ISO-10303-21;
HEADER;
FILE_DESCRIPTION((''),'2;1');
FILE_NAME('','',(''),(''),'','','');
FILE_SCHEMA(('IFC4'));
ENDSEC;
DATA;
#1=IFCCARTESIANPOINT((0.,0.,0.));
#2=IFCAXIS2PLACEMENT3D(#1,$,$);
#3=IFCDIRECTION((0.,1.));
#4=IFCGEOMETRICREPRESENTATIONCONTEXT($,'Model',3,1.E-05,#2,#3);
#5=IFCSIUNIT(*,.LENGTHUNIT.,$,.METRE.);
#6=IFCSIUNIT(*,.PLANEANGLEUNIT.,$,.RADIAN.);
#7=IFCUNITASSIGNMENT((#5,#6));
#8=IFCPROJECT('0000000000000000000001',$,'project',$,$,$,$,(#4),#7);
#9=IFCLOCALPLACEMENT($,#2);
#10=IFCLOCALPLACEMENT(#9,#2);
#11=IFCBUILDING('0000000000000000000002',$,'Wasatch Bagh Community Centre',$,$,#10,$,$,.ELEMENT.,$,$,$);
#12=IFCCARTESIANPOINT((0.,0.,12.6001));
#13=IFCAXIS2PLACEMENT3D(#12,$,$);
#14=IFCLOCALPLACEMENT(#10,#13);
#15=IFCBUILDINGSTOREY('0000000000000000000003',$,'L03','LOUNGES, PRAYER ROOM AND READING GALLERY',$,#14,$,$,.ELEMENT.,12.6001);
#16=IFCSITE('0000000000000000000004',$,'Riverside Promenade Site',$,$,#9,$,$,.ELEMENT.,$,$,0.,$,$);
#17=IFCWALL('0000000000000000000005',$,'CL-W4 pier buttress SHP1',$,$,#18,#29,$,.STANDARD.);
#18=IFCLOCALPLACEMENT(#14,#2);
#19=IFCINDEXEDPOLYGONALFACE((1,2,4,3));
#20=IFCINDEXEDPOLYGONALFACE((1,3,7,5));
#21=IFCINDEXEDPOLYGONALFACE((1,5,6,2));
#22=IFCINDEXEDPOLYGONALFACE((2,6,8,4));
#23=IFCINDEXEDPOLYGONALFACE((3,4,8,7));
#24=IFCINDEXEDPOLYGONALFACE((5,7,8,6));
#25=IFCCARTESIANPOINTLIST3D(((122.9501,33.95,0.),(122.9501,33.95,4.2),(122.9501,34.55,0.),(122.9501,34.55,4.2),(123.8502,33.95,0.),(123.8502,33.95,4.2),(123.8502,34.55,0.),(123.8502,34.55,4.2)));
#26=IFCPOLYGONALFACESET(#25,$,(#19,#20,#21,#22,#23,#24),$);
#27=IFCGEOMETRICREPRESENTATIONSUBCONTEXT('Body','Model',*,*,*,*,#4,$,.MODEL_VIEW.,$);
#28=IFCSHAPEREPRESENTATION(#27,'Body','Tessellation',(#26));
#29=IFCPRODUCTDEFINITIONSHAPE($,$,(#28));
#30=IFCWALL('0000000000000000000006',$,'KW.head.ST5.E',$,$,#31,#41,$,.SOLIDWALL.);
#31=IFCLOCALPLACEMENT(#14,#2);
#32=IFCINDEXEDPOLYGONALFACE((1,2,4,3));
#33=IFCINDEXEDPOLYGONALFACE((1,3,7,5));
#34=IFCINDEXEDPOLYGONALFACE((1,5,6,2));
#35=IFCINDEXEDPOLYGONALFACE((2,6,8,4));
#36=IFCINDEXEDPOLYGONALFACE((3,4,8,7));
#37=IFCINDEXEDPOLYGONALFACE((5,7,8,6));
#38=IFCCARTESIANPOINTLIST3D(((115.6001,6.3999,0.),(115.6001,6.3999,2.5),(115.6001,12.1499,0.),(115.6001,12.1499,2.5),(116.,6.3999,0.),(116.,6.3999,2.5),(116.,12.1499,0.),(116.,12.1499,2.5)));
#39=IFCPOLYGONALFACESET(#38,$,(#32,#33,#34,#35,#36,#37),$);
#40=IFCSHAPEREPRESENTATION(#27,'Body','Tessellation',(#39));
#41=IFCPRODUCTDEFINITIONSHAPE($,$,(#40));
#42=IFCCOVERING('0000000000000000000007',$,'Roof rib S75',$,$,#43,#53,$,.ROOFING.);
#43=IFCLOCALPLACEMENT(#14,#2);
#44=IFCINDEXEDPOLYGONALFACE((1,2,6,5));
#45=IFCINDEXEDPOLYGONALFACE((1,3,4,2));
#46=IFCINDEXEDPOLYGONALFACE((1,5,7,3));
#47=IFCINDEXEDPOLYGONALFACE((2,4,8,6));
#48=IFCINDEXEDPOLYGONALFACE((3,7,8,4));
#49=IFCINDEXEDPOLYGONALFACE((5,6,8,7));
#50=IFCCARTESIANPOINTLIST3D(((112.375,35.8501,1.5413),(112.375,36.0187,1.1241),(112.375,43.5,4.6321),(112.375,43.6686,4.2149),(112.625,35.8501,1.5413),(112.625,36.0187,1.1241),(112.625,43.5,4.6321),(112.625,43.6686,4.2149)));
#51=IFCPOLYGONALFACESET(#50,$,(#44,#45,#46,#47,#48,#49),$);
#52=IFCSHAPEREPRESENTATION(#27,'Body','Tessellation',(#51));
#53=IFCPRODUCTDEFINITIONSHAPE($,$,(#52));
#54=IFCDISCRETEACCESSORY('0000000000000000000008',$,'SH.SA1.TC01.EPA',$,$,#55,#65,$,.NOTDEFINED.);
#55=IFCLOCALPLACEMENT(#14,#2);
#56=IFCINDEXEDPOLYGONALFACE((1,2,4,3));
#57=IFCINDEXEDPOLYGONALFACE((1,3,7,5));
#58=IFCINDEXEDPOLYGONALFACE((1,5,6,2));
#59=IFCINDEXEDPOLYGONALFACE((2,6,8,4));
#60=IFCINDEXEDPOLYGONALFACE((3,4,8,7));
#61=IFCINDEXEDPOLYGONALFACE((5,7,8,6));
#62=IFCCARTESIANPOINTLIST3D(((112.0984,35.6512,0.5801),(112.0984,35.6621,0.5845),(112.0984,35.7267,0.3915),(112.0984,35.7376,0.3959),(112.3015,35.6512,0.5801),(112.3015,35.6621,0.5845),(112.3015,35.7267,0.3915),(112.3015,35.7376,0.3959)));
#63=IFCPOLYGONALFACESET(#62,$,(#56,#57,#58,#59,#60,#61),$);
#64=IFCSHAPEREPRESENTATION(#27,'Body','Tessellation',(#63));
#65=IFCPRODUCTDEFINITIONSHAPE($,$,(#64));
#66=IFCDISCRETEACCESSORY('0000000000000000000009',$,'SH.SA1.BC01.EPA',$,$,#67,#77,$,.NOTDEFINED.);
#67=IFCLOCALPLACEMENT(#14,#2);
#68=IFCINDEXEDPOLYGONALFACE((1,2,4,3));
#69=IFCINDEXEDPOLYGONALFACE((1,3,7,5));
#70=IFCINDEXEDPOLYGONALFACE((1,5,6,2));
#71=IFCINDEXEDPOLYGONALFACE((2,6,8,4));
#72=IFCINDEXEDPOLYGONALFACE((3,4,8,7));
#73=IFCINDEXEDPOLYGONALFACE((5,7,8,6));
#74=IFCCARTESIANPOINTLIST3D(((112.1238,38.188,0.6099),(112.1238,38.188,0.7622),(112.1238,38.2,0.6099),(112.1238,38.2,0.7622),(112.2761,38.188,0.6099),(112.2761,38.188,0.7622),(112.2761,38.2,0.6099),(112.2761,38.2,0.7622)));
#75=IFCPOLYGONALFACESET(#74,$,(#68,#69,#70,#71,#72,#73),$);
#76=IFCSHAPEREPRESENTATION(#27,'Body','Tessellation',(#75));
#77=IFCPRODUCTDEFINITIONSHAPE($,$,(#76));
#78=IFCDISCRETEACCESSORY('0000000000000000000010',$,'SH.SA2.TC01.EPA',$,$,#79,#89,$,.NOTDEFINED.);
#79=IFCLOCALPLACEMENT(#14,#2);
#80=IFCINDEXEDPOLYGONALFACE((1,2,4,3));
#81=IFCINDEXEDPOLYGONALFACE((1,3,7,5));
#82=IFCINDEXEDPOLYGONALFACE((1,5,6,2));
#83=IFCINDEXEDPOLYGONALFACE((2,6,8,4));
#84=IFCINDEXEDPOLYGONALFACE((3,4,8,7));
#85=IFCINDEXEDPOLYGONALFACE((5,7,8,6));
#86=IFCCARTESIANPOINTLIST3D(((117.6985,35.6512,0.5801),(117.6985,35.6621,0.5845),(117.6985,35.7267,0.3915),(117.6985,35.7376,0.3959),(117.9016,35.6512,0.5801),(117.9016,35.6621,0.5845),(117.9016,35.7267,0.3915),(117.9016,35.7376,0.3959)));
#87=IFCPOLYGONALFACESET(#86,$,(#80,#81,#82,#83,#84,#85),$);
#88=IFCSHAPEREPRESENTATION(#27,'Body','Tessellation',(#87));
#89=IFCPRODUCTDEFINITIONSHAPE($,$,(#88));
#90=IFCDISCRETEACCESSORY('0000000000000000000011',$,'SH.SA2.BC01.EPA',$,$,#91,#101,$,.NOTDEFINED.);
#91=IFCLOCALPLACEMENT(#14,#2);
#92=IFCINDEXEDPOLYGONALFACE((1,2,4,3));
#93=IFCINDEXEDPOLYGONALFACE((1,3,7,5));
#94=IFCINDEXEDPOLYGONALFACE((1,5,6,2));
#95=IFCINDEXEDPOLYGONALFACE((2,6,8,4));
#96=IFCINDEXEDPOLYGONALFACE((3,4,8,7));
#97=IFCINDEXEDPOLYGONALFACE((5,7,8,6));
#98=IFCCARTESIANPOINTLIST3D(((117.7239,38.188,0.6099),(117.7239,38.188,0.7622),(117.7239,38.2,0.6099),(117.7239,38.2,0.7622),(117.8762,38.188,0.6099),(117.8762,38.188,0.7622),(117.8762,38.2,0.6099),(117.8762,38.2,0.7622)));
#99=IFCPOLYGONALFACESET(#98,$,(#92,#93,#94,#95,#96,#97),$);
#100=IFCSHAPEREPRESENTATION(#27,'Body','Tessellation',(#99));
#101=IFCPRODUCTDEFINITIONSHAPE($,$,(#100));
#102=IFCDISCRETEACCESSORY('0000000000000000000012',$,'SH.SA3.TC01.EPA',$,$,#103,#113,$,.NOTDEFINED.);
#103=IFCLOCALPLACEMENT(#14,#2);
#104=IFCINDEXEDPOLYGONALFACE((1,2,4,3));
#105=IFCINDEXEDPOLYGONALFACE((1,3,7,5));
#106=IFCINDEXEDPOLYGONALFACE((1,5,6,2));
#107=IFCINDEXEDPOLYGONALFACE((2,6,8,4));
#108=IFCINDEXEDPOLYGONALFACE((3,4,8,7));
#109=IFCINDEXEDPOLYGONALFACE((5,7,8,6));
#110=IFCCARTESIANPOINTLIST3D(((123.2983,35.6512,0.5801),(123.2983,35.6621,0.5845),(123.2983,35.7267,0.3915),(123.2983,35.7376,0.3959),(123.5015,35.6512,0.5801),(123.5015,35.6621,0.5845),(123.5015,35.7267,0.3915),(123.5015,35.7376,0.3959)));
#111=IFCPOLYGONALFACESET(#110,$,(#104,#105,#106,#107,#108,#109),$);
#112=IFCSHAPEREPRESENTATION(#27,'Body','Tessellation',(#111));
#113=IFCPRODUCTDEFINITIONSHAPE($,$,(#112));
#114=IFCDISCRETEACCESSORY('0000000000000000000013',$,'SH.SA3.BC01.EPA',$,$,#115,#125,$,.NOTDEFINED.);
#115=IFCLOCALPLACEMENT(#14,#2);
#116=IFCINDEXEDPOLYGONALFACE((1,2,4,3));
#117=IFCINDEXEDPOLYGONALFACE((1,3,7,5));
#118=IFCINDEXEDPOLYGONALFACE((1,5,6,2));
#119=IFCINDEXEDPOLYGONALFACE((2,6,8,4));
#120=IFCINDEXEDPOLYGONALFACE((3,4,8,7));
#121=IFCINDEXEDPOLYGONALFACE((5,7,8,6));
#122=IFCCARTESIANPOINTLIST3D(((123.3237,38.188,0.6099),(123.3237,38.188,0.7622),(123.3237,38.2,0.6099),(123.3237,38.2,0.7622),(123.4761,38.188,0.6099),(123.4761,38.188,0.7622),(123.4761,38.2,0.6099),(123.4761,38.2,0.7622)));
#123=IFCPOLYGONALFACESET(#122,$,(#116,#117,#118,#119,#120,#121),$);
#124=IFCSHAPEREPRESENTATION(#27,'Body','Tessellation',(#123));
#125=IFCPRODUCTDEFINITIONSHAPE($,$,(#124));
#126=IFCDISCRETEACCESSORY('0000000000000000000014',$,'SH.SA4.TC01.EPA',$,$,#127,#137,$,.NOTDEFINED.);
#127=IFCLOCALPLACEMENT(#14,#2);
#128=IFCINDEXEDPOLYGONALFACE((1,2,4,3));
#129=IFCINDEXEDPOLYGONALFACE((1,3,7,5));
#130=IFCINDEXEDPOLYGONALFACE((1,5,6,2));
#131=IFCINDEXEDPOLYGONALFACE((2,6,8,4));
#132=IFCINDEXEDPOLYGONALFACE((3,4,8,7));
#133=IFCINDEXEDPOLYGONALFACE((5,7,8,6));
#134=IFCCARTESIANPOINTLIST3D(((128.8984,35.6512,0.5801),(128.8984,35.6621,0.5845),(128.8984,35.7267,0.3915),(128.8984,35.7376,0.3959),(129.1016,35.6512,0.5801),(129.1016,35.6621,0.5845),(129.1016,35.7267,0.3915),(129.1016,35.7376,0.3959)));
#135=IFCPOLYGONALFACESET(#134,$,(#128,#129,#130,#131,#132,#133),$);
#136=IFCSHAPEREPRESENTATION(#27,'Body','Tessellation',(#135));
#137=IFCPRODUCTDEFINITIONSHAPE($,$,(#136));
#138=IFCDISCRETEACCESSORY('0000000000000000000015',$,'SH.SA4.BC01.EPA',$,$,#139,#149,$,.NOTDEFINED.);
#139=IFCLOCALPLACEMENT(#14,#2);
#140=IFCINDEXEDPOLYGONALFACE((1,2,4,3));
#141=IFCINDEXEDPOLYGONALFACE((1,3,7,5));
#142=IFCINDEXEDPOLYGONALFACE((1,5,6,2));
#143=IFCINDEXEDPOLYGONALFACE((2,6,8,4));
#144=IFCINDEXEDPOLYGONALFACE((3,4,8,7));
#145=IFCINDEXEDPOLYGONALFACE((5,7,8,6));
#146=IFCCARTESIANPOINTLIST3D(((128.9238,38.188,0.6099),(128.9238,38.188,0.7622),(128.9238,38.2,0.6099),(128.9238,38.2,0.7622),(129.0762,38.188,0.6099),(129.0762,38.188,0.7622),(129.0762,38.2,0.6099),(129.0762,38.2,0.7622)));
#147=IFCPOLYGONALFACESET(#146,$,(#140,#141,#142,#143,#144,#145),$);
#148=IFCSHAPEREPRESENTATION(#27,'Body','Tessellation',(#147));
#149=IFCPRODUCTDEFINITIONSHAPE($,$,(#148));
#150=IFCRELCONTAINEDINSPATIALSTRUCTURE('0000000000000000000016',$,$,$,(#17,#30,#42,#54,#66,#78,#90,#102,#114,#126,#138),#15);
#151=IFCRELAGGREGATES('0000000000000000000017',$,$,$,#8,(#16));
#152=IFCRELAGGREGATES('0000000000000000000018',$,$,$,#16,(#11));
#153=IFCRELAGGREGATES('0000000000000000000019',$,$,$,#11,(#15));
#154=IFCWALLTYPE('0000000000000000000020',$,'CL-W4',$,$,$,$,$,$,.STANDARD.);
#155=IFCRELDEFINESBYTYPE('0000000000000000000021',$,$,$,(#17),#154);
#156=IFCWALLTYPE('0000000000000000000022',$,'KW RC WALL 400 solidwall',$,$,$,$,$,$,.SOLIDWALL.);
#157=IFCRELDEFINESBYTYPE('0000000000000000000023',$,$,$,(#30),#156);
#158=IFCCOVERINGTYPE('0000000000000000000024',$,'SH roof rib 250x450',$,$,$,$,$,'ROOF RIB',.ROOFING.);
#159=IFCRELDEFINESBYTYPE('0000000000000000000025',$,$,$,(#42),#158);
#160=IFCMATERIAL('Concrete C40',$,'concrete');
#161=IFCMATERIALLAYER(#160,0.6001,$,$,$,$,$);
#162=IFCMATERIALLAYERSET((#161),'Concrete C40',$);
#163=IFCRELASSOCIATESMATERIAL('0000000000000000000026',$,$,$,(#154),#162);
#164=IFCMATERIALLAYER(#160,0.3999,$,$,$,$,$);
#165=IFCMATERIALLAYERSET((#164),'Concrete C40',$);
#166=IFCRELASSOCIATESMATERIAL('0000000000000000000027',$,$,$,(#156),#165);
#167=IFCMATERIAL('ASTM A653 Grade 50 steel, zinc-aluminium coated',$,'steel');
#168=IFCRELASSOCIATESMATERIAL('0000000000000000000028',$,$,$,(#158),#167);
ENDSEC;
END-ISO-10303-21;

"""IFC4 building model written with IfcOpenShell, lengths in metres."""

from ifc_helpers import new_model, si_unit, direction, frame, frame_2d, origin, origin_2d, place, context, subcontext, project, spatial, polyline, rectangle, outline, extrude, material, layer, layer_set, type_object, element, save


model = new_model("IFC4")

# Units and contexts
model_context = context("Model", 3, precision=1e-05, world=origin(), true_north=direction((0.0, 1.0)))
body_context = subcontext(model_context, "Body", "Model", "MODEL_VIEW")
ifc_project = project(units=[si_unit("LENGTHUNIT", "METRE"), si_unit("PLANEANGLEUNIT", "RADIAN")], contexts=[model_context])

# Site, building, storey
site_placement = place(None, origin())
site = spatial("IfcSite", under=ifc_project, at=site_placement, Name="Riverside Promenade Site", CompositionType="ELEMENT", RefElevation=0.0)
building_placement = place(site_placement, origin())
building = spatial("IfcBuilding", under=site, at=building_placement, Name="Wasatch Bagh Community Centre", CompositionType="ELEMENT")
storey_placement = place(building_placement, frame((0.0, 0.0, 12.6001)))
storey = spatial("IfcBuildingStorey", under=building, at=storey_placement, Name="L03", Description="LOUNGES, PRAYER ROOM AND READING GALLERY", CompositionType="ELEMENT", Elevation=12.6001)

# Shared definitions
ifc_material_1 = material(Name="Concrete C40", Category="concrete")

# Walls
ifc_layer_1 = layer(ifc_material_1, 0.6001)
ifc_layer_set_1 = layer_set([ifc_layer_1], Name="Concrete C40")
wall_type_1 = type_object("IfcWallType", Name="CL-W4", PredefinedType="STANDARD", material=ifc_layer_set_1)
wall_1_placement = place(storey_placement, frame((122.95, 34.25, 0.0), z_axis=(0.0, 0.0, 1.0), x_axis=(1.0, 0.0, 0.0)))
element("IfcWall", 1, at=wall_1_placement, inside=storey, type_object=wall_type_1, Name="CL-W4 pier buttress SHP1", PredefinedType="STANDARD", context=body_context, shape_type="SweptSolid", body=[
    extrude(rectangle(XDim=0.9001, YDim=0.6001, at=frame_2d((0.4502, 0.0))), origin(), (0.0, 0.0, 1.0), 4.2),
])
ifc_layer_2 = layer(ifc_material_1, 0.3999)
ifc_layer_set_2 = layer_set([ifc_layer_2], Name="Concrete C40")
wall_type_2 = type_object("IfcWallType", Name="KW RC WALL 400 solidwall", PredefinedType="SOLIDWALL", material=ifc_layer_set_2)
wall_2_placement = place(storey_placement, frame((115.8, 6.3999, 0.0), z_axis=(0.0, 0.0, 1.0), x_axis=(0.0, 1.0, 0.0)))
element("IfcWall", 2, at=wall_2_placement, inside=storey, type_object=wall_type_2, Name="KW.head.ST5.E", PredefinedType="SOLIDWALL", context=body_context, shape_type="SweptSolid", body=[
    extrude(rectangle(XDim=5.75, YDim=0.3999, at=frame_2d((2.875, 0.0))), origin(), (0.0, 0.0, 1.0), 2.5),
])

# Covering
ifc_material_2 = material(Name="ASTM A653 Grade 50 steel, zinc-aluminium coated", Category="steel")
covering_type = type_object("IfcCoveringType", Name="SH roof rib 250x450", ElementType="ROOF RIB", PredefinedType="ROOFING", material=ifc_material_2)
covering_placement = place(storey_placement, frame((112.375, 35.8501, 1.5413), z_axis=(0.0, -0.374613, 0.927181), x_axis=(0.0, 0.927181, 0.374613)))
element("IfcCovering", 3, at=covering_placement, inside=storey, type_object=covering_type, Name="Roof rib S75", PredefinedType="ROOFING", context=body_context, shape_type="SweptSolid", body=[
    extrude(outline(polyline([(0.0, 0.0), (8.2507, 0.0), (8.2507, -0.25), (0.0, -0.25), (0.0, 0.0)])), origin(), (0.0, 0.0, -1.0), 0.45),
])

# Discrete accessories
discrete_accessory_1_placement = place(storey_placement, frame((112.2, 35.689, 0.4858), z_axis=(0.0, 0.928477, 0.371391), x_axis=(-1.0, 0.0, 0.0)))
element("IfcDiscreteAccessory", 4, at=discrete_accessory_1_placement, inside=storey, Name="SH.SA1.TC01.EPA", PredefinedType="NOTDEFINED", context=body_context, shape_type="SweptSolid", body=[
    extrude(rectangle(XDim=0.2031, YDim=0.2031, at=origin_2d()), origin(), (0.0, 0.0, 1.0), 0.0117),
])
discrete_accessory_2_placement = place(storey_placement, frame((112.2, 38.188, 0.686), z_axis=(0.0, 1.0, 0.0), x_axis=(-1.0, 0.0, 0.0)))
element("IfcDiscreteAccessory", 5, at=discrete_accessory_2_placement, inside=storey, Name="SH.SA1.BC01.EPA", PredefinedType="NOTDEFINED", context=body_context, shape_type="SweptSolid", body=[
    extrude(rectangle(XDim=0.1523, YDim=0.1523, at=origin_2d()), origin(), (0.0, 0.0, 1.0), 0.012),
])
discrete_accessory_3_placement = place(storey_placement, frame((117.8, 35.689, 0.4858), z_axis=(0.0, 0.928477, 0.371391), x_axis=(-1.0, 0.0, 0.0)))
element("IfcDiscreteAccessory", 6, at=discrete_accessory_3_placement, inside=storey, Name="SH.SA2.TC01.EPA", PredefinedType="NOTDEFINED", context=body_context, shape_type="SweptSolid", body=[
    extrude(rectangle(XDim=0.2031, YDim=0.2031, at=origin_2d()), origin(), (0.0, 0.0, 1.0), 0.0117),
])
discrete_accessory_4_placement = place(storey_placement, frame((117.8, 38.188, 0.686), z_axis=(0.0, 1.0, 0.0), x_axis=(-1.0, 0.0, 0.0)))
element("IfcDiscreteAccessory", 7, at=discrete_accessory_4_placement, inside=storey, Name="SH.SA2.BC01.EPA", PredefinedType="NOTDEFINED", context=body_context, shape_type="SweptSolid", body=[
    extrude(rectangle(XDim=0.1523, YDim=0.1523, at=origin_2d()), origin(), (0.0, 0.0, 1.0), 0.012),
])
discrete_accessory_5_placement = place(storey_placement, frame((123.3999, 35.689, 0.4858), z_axis=(0.0, 0.928477, 0.371391), x_axis=(-1.0, 0.0, 0.0)))
element("IfcDiscreteAccessory", 8, at=discrete_accessory_5_placement, inside=storey, Name="SH.SA3.TC01.EPA", PredefinedType="NOTDEFINED", context=body_context, shape_type="SweptSolid", body=[
    extrude(rectangle(XDim=0.2031, YDim=0.2031, at=origin_2d()), origin(), (0.0, 0.0, 1.0), 0.0117),
])
discrete_accessory_6_placement = place(storey_placement, frame((123.3999, 38.188, 0.686), z_axis=(0.0, 1.0, 0.0), x_axis=(-1.0, 0.0, 0.0)))
element("IfcDiscreteAccessory", 9, at=discrete_accessory_6_placement, inside=storey, Name="SH.SA3.BC01.EPA", PredefinedType="NOTDEFINED", context=body_context, shape_type="SweptSolid", body=[
    extrude(rectangle(XDim=0.1523, YDim=0.1523, at=origin_2d()), origin(), (0.0, 0.0, 1.0), 0.012),
])
discrete_accessory_7_placement = place(storey_placement, frame((129.0, 35.689, 0.4858), z_axis=(0.0, 0.928477, 0.371391), x_axis=(-1.0, 0.0, 0.0)))
element("IfcDiscreteAccessory", 10, at=discrete_accessory_7_placement, inside=storey, Name="SH.SA4.TC01.EPA", PredefinedType="NOTDEFINED", context=body_context, shape_type="SweptSolid", body=[
    extrude(rectangle(XDim=0.2031, YDim=0.2031, at=origin_2d()), origin(), (0.0, 0.0, 1.0), 0.0117),
])
discrete_accessory_8_placement = place(storey_placement, frame((129.0, 38.188, 0.686), z_axis=(0.0, 1.0, 0.0), x_axis=(-1.0, 0.0, 0.0)))
element("IfcDiscreteAccessory", 11, at=discrete_accessory_8_placement, inside=storey, Name="SH.SA4.BC01.EPA", PredefinedType="NOTDEFINED", context=body_context, shape_type="SweptSolid", body=[
    extrude(rectangle(XDim=0.1523, YDim=0.1523, at=origin_2d()), origin(), (0.0, 0.0, 1.0), 0.012),
])

save(model, "model.ifc")
